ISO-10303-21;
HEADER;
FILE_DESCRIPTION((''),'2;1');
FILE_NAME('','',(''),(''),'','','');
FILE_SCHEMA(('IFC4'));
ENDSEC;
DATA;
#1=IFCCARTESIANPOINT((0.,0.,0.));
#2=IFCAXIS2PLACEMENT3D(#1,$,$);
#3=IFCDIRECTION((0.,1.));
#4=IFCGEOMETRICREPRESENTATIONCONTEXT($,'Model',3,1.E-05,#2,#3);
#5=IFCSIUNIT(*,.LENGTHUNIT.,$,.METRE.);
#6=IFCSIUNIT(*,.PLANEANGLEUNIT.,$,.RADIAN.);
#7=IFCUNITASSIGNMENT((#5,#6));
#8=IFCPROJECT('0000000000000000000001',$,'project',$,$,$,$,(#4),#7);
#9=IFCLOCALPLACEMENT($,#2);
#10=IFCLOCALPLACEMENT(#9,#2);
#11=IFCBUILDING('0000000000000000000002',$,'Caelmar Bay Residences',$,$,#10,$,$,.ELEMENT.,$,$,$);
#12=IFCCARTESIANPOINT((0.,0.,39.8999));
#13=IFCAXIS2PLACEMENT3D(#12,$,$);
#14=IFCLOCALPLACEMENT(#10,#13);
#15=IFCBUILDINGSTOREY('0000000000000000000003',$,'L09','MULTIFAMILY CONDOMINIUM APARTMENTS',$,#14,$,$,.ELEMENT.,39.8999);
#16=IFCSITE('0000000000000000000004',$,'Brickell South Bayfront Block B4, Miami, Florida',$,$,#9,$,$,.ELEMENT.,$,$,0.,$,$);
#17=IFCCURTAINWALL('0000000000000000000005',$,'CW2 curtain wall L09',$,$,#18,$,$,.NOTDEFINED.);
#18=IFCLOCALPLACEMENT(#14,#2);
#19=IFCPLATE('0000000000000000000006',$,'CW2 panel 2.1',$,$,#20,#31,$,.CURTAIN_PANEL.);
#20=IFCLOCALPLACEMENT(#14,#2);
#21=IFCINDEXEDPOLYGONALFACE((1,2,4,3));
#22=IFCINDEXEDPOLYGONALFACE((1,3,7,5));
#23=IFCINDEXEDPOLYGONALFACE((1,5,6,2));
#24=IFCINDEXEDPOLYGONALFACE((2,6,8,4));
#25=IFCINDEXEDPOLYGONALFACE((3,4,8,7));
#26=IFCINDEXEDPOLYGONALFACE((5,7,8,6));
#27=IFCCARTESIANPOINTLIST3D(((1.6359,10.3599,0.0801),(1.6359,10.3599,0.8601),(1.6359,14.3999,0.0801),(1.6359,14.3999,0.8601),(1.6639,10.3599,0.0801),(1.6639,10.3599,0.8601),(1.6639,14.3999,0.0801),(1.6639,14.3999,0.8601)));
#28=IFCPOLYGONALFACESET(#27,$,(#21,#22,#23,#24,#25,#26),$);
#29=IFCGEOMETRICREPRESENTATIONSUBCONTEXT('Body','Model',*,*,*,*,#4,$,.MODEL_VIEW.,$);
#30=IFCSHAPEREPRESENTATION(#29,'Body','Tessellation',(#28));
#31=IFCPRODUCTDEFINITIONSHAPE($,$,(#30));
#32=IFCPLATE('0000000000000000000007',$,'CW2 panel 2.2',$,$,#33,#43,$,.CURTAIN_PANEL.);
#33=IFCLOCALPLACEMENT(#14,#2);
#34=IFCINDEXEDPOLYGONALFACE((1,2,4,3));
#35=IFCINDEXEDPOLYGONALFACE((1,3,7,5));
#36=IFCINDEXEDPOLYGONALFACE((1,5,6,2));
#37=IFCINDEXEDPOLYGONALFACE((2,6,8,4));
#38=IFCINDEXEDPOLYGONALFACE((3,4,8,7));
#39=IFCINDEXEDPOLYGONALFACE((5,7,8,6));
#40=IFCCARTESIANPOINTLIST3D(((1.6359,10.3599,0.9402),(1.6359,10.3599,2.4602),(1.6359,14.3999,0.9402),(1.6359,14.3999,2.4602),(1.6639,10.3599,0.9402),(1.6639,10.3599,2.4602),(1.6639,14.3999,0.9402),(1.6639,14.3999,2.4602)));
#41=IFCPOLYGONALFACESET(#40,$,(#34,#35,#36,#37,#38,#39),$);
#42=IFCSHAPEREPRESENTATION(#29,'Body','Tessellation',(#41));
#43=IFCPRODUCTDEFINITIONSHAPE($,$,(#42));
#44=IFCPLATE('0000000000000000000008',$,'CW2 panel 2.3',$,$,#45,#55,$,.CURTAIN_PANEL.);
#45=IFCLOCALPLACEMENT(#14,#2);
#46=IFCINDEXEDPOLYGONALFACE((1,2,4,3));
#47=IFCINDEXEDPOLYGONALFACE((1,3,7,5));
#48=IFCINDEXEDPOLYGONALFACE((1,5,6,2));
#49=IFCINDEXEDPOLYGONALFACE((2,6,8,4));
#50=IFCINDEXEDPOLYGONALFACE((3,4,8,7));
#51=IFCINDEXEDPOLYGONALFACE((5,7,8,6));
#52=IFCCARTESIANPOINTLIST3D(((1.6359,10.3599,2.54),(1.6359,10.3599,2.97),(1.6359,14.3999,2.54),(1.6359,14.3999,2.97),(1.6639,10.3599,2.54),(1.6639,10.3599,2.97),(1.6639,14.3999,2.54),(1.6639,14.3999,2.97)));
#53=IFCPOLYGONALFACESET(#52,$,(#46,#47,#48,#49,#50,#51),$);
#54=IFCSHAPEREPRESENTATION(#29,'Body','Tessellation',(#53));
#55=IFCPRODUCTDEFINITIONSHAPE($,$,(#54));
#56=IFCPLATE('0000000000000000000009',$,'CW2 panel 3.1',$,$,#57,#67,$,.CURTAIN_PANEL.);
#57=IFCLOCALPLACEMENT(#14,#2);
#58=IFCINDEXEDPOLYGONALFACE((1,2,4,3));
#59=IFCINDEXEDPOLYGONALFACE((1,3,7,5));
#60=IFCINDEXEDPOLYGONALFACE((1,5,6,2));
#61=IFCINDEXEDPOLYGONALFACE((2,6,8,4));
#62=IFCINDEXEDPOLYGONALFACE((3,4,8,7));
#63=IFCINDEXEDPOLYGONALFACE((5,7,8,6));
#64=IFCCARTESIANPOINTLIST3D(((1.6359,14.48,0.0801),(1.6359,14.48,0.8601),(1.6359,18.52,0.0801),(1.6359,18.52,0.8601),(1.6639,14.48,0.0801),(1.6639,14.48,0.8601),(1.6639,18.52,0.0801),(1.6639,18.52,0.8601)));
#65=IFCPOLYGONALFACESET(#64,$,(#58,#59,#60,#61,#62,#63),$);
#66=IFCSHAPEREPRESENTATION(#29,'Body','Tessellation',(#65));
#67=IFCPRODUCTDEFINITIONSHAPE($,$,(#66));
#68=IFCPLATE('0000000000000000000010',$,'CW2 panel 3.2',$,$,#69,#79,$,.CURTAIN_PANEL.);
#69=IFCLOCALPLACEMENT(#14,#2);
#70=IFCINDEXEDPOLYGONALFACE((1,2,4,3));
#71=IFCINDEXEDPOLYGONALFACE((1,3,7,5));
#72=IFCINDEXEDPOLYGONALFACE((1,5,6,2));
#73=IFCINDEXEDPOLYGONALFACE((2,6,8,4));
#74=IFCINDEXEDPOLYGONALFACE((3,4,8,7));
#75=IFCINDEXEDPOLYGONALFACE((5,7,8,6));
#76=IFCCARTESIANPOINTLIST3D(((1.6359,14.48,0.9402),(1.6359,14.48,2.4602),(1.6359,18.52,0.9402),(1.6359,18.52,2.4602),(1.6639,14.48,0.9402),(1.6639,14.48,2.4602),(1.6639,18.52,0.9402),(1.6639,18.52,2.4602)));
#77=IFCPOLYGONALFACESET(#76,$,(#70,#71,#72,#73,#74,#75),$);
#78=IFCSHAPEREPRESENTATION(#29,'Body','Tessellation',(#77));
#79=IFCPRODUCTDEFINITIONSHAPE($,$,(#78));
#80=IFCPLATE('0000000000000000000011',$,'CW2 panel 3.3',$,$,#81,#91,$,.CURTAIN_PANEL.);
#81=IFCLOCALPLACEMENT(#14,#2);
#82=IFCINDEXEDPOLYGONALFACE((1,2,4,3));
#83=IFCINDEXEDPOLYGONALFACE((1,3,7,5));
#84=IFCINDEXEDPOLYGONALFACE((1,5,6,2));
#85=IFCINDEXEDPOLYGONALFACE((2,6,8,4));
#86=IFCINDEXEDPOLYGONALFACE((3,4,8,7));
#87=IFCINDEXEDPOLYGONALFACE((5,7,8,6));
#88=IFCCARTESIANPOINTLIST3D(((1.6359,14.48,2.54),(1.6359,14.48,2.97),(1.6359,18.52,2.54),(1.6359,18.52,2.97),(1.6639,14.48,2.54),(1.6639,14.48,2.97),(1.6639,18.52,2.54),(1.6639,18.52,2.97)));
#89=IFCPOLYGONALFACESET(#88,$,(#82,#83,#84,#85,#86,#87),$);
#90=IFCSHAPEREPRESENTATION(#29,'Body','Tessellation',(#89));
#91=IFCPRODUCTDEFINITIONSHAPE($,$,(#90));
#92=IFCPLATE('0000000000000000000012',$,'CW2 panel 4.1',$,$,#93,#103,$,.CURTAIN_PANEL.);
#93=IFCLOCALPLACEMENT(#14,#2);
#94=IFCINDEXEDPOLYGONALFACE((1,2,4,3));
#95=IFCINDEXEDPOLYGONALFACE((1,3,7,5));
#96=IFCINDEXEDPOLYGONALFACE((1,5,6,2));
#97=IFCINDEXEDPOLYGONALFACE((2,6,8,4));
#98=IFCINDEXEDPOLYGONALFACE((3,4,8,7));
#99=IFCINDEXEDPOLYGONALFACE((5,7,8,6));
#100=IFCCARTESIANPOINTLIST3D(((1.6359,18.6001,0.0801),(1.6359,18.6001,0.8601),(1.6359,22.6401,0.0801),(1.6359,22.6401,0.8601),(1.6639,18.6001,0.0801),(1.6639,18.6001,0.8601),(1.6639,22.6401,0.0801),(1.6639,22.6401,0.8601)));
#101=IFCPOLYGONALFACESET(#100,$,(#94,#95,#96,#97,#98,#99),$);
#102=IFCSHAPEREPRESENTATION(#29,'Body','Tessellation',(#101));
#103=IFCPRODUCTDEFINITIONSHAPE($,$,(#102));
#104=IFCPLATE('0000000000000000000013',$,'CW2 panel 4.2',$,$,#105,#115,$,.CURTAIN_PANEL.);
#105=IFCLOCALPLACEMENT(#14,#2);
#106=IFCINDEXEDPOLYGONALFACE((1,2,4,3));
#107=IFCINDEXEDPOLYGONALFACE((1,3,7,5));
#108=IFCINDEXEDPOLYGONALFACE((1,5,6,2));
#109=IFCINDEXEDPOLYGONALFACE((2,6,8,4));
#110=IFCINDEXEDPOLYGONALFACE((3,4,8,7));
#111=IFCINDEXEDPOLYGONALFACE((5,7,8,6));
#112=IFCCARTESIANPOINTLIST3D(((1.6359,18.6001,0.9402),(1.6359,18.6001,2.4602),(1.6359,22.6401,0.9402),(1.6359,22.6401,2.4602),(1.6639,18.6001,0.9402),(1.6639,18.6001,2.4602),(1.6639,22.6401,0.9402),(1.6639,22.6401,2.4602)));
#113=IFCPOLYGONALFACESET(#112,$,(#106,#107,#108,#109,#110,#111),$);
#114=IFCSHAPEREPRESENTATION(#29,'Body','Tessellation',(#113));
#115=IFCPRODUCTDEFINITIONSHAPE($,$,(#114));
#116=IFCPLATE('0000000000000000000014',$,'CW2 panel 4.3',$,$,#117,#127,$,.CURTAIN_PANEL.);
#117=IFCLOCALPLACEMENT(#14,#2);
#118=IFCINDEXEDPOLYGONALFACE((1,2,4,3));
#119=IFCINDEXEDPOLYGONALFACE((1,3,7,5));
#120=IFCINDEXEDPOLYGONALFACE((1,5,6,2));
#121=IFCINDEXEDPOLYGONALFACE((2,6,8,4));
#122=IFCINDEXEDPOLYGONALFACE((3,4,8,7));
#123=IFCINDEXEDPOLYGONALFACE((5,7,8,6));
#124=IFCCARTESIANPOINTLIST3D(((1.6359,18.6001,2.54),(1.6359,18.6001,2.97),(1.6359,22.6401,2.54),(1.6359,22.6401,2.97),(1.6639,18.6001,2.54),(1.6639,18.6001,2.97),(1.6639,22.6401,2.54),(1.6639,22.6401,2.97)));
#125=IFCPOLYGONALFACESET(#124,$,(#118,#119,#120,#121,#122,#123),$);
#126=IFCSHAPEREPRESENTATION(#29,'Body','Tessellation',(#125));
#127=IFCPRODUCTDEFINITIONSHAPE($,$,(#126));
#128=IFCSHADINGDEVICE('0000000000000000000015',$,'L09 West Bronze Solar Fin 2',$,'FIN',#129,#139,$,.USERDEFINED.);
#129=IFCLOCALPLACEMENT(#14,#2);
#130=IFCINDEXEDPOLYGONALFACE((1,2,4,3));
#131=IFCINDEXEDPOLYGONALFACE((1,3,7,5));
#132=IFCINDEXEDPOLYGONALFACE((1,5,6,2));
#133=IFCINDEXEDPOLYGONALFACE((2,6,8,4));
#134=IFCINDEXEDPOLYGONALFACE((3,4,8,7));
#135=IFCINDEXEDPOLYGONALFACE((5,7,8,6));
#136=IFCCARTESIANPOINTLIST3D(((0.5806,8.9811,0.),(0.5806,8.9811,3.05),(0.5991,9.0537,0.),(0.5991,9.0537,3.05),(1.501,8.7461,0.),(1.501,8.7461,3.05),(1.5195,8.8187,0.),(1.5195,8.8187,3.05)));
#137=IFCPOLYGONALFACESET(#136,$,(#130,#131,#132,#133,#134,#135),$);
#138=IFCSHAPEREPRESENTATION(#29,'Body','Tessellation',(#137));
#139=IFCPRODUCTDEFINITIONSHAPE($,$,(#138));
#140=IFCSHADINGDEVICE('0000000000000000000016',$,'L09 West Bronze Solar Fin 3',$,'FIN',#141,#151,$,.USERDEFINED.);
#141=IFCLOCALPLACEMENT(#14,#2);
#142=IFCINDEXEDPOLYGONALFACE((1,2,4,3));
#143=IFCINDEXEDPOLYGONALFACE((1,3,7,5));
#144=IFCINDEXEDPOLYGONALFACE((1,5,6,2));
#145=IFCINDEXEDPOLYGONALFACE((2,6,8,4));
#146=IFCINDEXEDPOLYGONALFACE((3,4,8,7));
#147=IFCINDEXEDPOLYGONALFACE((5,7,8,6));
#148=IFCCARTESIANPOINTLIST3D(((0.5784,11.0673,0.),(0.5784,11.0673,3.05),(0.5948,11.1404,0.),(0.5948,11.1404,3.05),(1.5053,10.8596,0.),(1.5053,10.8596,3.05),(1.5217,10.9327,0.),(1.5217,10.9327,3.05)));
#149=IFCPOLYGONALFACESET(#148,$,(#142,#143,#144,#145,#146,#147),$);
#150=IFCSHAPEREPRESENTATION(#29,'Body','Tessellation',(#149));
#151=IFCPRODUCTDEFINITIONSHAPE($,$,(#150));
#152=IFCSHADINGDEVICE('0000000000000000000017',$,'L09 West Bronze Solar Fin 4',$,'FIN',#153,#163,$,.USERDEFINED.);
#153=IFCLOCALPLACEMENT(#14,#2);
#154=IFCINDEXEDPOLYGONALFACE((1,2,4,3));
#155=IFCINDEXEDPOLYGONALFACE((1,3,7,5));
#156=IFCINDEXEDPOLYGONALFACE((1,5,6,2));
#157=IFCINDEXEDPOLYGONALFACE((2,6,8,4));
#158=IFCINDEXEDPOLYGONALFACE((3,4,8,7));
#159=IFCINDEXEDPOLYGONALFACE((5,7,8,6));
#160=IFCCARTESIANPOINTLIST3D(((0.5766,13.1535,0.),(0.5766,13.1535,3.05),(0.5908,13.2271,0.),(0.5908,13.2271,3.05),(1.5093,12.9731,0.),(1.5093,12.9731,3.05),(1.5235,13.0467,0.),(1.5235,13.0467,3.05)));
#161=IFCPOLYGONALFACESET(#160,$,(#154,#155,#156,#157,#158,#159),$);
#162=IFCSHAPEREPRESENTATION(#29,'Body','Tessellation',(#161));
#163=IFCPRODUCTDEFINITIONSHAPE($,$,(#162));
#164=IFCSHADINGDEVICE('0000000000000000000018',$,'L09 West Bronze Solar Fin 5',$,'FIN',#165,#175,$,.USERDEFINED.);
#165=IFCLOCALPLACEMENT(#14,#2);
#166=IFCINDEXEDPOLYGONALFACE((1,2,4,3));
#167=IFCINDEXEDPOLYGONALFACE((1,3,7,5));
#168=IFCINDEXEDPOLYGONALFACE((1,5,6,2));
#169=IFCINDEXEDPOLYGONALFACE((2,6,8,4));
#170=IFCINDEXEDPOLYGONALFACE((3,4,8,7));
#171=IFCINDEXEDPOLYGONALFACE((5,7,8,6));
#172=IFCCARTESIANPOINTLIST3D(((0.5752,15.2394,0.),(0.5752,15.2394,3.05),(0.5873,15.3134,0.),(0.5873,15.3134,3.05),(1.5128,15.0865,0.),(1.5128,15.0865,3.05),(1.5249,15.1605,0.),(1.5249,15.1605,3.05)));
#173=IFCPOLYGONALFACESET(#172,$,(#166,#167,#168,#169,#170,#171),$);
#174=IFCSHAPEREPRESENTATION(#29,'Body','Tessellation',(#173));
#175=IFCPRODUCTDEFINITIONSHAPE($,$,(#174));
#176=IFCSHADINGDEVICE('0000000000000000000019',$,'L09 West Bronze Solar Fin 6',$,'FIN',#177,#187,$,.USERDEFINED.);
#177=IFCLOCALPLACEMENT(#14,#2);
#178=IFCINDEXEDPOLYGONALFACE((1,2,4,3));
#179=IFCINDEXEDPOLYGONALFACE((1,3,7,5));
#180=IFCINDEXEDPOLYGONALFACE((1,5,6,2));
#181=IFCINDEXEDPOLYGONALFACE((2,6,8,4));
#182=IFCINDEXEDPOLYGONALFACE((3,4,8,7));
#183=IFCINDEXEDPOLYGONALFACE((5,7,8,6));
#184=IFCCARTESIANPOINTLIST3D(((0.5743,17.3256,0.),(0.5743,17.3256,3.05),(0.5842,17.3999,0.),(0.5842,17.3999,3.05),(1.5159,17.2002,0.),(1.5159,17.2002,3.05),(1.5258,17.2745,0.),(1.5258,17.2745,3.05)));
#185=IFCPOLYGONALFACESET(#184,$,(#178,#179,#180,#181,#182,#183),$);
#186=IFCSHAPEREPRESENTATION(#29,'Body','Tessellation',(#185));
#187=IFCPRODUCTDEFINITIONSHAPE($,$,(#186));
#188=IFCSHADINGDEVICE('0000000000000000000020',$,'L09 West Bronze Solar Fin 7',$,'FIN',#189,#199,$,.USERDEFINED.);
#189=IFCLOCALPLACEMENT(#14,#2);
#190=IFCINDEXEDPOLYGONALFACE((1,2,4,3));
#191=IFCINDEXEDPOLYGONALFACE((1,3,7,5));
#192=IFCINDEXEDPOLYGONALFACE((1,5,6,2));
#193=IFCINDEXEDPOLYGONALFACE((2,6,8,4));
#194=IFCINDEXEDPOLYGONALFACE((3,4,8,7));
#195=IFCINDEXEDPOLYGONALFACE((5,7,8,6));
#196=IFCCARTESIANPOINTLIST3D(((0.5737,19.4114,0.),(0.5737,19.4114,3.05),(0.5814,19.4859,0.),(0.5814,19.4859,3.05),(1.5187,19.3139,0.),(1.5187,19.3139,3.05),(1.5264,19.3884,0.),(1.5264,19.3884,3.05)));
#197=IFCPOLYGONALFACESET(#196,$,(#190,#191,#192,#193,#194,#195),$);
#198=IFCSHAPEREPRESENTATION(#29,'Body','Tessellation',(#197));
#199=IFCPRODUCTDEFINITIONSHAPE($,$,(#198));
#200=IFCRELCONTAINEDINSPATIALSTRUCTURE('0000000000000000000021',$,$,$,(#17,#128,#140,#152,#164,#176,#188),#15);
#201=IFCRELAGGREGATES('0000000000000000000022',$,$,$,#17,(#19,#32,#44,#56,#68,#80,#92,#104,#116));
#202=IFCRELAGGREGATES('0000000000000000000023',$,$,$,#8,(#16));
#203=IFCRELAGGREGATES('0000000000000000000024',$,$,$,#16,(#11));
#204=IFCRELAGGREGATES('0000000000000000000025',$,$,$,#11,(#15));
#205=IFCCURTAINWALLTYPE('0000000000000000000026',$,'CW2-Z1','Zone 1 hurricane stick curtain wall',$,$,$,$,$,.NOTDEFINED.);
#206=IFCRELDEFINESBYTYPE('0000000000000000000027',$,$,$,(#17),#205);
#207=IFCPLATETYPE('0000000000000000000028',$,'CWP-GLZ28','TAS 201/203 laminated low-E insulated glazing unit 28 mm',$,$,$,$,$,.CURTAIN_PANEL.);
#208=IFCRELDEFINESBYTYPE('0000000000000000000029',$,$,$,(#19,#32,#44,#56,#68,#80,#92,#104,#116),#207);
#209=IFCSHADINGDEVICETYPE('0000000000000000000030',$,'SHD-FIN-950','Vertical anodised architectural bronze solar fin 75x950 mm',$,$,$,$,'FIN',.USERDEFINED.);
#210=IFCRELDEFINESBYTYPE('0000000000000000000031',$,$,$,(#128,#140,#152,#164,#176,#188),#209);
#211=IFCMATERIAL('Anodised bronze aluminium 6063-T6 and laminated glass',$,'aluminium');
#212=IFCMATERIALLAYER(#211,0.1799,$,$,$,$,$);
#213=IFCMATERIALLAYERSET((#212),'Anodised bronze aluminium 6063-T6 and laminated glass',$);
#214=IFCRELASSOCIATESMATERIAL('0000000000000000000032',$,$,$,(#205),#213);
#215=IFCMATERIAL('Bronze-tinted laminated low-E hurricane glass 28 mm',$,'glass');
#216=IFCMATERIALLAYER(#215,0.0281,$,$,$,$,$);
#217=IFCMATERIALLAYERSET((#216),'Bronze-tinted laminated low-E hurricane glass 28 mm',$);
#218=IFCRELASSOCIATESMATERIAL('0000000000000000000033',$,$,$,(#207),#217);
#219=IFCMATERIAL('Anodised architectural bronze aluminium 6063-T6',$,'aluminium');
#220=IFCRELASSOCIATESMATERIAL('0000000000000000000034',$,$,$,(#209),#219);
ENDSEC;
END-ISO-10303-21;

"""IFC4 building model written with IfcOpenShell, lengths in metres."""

from ifc_helpers import new_model, si_unit, direction, frame, origin, origin_2d, place, context, subcontext, project, spatial, rectangle, extrude, material, layer, layer_set, material_profile, profile_set, type_object, element, aggregate, save


model = new_model("IFC4")

# Units and contexts
model_context = context("Model", 3, precision=1e-05, world=origin(), true_north=direction((0.0, 1.0)))
body_context = subcontext(model_context, "Body", "Model", "MODEL_VIEW")
ifc_project = project(units=[si_unit("LENGTHUNIT", "METRE"), si_unit("PLANEANGLEUNIT", "RADIAN")], contexts=[model_context])

# Site, building, storey
site_placement = place(None, origin())
site = spatial("IfcSite", under=ifc_project, at=site_placement, Name="Brickell South Bayfront Block B4, Miami, Florida", CompositionType="ELEMENT", RefElevation=0.0)
building_placement = place(site_placement, origin())
building = spatial("IfcBuilding", under=site, at=building_placement, Name="Caelmar Bay Residences", CompositionType="ELEMENT")
storey_placement = place(building_placement, frame((0.0, 0.0, 39.8999)))
storey = spatial("IfcBuildingStorey", under=building, at=storey_placement, Name="L09", Description="MULTIFAMILY CONDOMINIUM APARTMENTS", CompositionType="ELEMENT", Elevation=39.8999)

# Curtain wall, plates
ifc_material_1 = material(Name="Anodised bronze aluminium 6063-T6 and laminated glass", Category="aluminium")
ifc_layer_1 = layer(ifc_material_1, 0.1799)
ifc_layer_set_1 = layer_set([ifc_layer_1], Name="Anodised bronze aluminium 6063-T6 and laminated glass")
curtain_wall_type = type_object("IfcCurtainWallType", Name="CW2-Z1", Description="Zone 1 hurricane stick curtain wall", PredefinedType="NOTDEFINED", material=ifc_layer_set_1)
curtain_wall_placement = place(storey_placement, origin())
curtain_wall = element("IfcCurtainWall", 1, at=curtain_wall_placement, inside=storey, type_object=curtain_wall_type, Name="CW2 curtain wall L09", PredefinedType="NOTDEFINED")
ifc_material_2 = material(Name="Bronze-tinted laminated low-E hurricane glass 28 mm", Category="glass")
ifc_layer_2 = layer(ifc_material_2, 0.0281)
ifc_layer_set_2 = layer_set([ifc_layer_2], Name="Bronze-tinted laminated low-E hurricane glass 28 mm")
plate_type = type_object("IfcPlateType", Name="CWP-GLZ28", Description="TAS 201/203 laminated low-E insulated glazing unit 28 mm", PredefinedType="CURTAIN_PANEL", material=ifc_layer_set_2)
plate_1_placement = place(storey_placement, frame((1.6499, 12.3799, 0.0801), z_axis=(0.0, 0.0, 1.0), x_axis=(0.0, 1.0, 0.0)))
plate_1 = element("IfcPlate", 2, at=plate_1_placement, type_object=plate_type, Name="CW2 panel 2.1", PredefinedType="CURTAIN_PANEL", context=body_context, shape_type="SweptSolid", body=[
    extrude(rectangle(XDim=4.04, YDim=0.0281, at=origin_2d()), origin(), (0.0, 0.0, 1.0), 0.78),
])
plate_2_placement = place(storey_placement, frame((1.6499, 12.3799, 0.9402), z_axis=(0.0, 0.0, 1.0), x_axis=(0.0, 1.0, 0.0)))
plate_2 = element("IfcPlate", 3, at=plate_2_placement, type_object=plate_type, Name="CW2 panel 2.2", PredefinedType="CURTAIN_PANEL", context=body_context, shape_type="SweptSolid", body=[
    extrude(rectangle(XDim=4.04, YDim=0.0281, at=origin_2d()), origin(), (0.0, 0.0, 1.0), 1.52),
])
plate_3_placement = place(storey_placement, frame((1.6499, 12.3799, 2.54), z_axis=(0.0, 0.0, 1.0), x_axis=(0.0, 1.0, 0.0)))
plate_3 = element("IfcPlate", 4, at=plate_3_placement, type_object=plate_type, Name="CW2 panel 2.3", PredefinedType="CURTAIN_PANEL", context=body_context, shape_type="SweptSolid", body=[
    extrude(rectangle(XDim=4.04, YDim=0.0281, at=origin_2d()), origin(), (0.0, 0.0, 1.0), 0.4299),
])
plate_4_placement = place(storey_placement, frame((1.6499, 16.5, 0.0801), z_axis=(0.0, 0.0, 1.0), x_axis=(0.0, 1.0, 0.0)))
plate_4 = element("IfcPlate", 5, at=plate_4_placement, type_object=plate_type, Name="CW2 panel 3.1", PredefinedType="CURTAIN_PANEL", context=body_context, shape_type="SweptSolid", body=[
    extrude(rectangle(XDim=4.04, YDim=0.0281, at=origin_2d()), origin(), (0.0, 0.0, 1.0), 0.78),
])
plate_5_placement = place(storey_placement, frame((1.6499, 16.5, 0.9402), z_axis=(0.0, 0.0, 1.0), x_axis=(0.0, 1.0, 0.0)))
plate_5 = element("IfcPlate", 6, at=plate_5_placement, type_object=plate_type, Name="CW2 panel 3.2", PredefinedType="CURTAIN_PANEL", context=body_context, shape_type="SweptSolid", body=[
    extrude(rectangle(XDim=4.04, YDim=0.0281, at=origin_2d()), origin(), (0.0, 0.0, 1.0), 1.52),
])
plate_6_placement = place(storey_placement, frame((1.6499, 16.5, 2.54), z_axis=(0.0, 0.0, 1.0), x_axis=(0.0, 1.0, 0.0)))
plate_6 = element("IfcPlate", 7, at=plate_6_placement, type_object=plate_type, Name="CW2 panel 3.3", PredefinedType="CURTAIN_PANEL", context=body_context, shape_type="SweptSolid", body=[
    extrude(rectangle(XDim=4.04, YDim=0.0281, at=origin_2d()), origin(), (0.0, 0.0, 1.0), 0.4299),
])
plate_7_placement = place(storey_placement, frame((1.6499, 20.6201, 0.0801), z_axis=(0.0, 0.0, 1.0), x_axis=(0.0, 1.0, 0.0)))
plate_7 = element("IfcPlate", 8, at=plate_7_placement, type_object=plate_type, Name="CW2 panel 4.1", PredefinedType="CURTAIN_PANEL", context=body_context, shape_type="SweptSolid", body=[
    extrude(rectangle(XDim=4.04, YDim=0.0281, at=origin_2d()), origin(), (0.0, 0.0, 1.0), 0.78),
])
plate_8_placement = place(storey_placement, frame((1.6499, 20.6201, 0.9402), z_axis=(0.0, 0.0, 1.0), x_axis=(0.0, 1.0, 0.0)))
plate_8 = element("IfcPlate", 9, at=plate_8_placement, type_object=plate_type, Name="CW2 panel 4.2", PredefinedType="CURTAIN_PANEL", context=body_context, shape_type="SweptSolid", body=[
    extrude(rectangle(XDim=4.04, YDim=0.0281, at=origin_2d()), origin(), (0.0, 0.0, 1.0), 1.52),
])
plate_9_placement = place(storey_placement, frame((1.6499, 20.6201, 2.54), z_axis=(0.0, 0.0, 1.0), x_axis=(0.0, 1.0, 0.0)))
plate_9 = element("IfcPlate", 10, at=plate_9_placement, type_object=plate_type, Name="CW2 panel 4.3", PredefinedType="CURTAIN_PANEL", context=body_context, shape_type="SweptSolid", body=[
    extrude(rectangle(XDim=4.04, YDim=0.0281, at=origin_2d()), origin(), (0.0, 0.0, 1.0), 0.4299),
])
aggregate(curtain_wall, [plate_1, plate_2, plate_3, plate_4, plate_5, plate_6, plate_7, plate_8, plate_9])

# Shading devices
ifc_material_3 = material(Name="Anodised architectural bronze aluminium 6063-T6", Category="aluminium")
ifc_material_profile_1 = material_profile(ifc_material_3, rectangle(XDim=0.075, YDim=0.95, at=origin_2d()), Name="BRONZE-FIN-75X950")
ifc_profile_set_1 = profile_set([ifc_material_profile_1], Name="Anodised architectural bronze aluminium 6063-T6")
shading_device_type = type_object("IfcShadingDeviceType", Name="SHD-FIN-950", Description="Vertical anodised architectural bronze solar fin 75x950 mm", ElementType="FIN", PredefinedType="USERDEFINED", material=ifc_profile_set_1)
for number, where, z_axis, x_axis, name in (
    (11, (1.05, 8.8999, 0.0), (0.0, 0.0, 1.0), (0.247337, 0.968929, 0.0), "L09 West Bronze Solar Fin 2"),
    (12, (1.05, 11.0, 0.0), (0.0, 0.0, 1.0), (0.218654, 0.975802, 0.0), "L09 West Bronze Solar Fin 3"),
    (13, (1.05, 13.1001, 0.0), (0.0, 0.0, 1.0), (0.189952, 0.981793, 0.0), "L09 West Bronze Solar Fin 4"),
    (14, (1.05, 15.2, 0.0), (0.0, 0.0, 1.0), (0.160915, 0.986968, 0.0), "L09 West Bronze Solar Fin 5"),
    (15, (1.05, 17.3, 0.0), (0.0, 0.0, 1.0), (0.13191, 0.991262, 0.0), "L09 West Bronze Solar Fin 6"),
    (16, (1.05, 19.3999, 0.0), (0.0, 0.0, 1.0), (0.102619, 0.994721, 0.0), "L09 West Bronze Solar Fin 7"),
):
    element("IfcShadingDevice", number, at=place(storey_placement, frame(where, z_axis=z_axis, x_axis=x_axis)), inside=storey, type_object=shading_device_type, Name=name, ObjectType="FIN", PredefinedType="USERDEFINED", context=body_context, shape_type="SweptSolid", body=[
        extrude(rectangle(XDim=0.075, YDim=0.95, at=origin_2d()), origin(), (0.0, 0.0, 1.0), 3.05),
    ])

save(model, "model.ifc")
